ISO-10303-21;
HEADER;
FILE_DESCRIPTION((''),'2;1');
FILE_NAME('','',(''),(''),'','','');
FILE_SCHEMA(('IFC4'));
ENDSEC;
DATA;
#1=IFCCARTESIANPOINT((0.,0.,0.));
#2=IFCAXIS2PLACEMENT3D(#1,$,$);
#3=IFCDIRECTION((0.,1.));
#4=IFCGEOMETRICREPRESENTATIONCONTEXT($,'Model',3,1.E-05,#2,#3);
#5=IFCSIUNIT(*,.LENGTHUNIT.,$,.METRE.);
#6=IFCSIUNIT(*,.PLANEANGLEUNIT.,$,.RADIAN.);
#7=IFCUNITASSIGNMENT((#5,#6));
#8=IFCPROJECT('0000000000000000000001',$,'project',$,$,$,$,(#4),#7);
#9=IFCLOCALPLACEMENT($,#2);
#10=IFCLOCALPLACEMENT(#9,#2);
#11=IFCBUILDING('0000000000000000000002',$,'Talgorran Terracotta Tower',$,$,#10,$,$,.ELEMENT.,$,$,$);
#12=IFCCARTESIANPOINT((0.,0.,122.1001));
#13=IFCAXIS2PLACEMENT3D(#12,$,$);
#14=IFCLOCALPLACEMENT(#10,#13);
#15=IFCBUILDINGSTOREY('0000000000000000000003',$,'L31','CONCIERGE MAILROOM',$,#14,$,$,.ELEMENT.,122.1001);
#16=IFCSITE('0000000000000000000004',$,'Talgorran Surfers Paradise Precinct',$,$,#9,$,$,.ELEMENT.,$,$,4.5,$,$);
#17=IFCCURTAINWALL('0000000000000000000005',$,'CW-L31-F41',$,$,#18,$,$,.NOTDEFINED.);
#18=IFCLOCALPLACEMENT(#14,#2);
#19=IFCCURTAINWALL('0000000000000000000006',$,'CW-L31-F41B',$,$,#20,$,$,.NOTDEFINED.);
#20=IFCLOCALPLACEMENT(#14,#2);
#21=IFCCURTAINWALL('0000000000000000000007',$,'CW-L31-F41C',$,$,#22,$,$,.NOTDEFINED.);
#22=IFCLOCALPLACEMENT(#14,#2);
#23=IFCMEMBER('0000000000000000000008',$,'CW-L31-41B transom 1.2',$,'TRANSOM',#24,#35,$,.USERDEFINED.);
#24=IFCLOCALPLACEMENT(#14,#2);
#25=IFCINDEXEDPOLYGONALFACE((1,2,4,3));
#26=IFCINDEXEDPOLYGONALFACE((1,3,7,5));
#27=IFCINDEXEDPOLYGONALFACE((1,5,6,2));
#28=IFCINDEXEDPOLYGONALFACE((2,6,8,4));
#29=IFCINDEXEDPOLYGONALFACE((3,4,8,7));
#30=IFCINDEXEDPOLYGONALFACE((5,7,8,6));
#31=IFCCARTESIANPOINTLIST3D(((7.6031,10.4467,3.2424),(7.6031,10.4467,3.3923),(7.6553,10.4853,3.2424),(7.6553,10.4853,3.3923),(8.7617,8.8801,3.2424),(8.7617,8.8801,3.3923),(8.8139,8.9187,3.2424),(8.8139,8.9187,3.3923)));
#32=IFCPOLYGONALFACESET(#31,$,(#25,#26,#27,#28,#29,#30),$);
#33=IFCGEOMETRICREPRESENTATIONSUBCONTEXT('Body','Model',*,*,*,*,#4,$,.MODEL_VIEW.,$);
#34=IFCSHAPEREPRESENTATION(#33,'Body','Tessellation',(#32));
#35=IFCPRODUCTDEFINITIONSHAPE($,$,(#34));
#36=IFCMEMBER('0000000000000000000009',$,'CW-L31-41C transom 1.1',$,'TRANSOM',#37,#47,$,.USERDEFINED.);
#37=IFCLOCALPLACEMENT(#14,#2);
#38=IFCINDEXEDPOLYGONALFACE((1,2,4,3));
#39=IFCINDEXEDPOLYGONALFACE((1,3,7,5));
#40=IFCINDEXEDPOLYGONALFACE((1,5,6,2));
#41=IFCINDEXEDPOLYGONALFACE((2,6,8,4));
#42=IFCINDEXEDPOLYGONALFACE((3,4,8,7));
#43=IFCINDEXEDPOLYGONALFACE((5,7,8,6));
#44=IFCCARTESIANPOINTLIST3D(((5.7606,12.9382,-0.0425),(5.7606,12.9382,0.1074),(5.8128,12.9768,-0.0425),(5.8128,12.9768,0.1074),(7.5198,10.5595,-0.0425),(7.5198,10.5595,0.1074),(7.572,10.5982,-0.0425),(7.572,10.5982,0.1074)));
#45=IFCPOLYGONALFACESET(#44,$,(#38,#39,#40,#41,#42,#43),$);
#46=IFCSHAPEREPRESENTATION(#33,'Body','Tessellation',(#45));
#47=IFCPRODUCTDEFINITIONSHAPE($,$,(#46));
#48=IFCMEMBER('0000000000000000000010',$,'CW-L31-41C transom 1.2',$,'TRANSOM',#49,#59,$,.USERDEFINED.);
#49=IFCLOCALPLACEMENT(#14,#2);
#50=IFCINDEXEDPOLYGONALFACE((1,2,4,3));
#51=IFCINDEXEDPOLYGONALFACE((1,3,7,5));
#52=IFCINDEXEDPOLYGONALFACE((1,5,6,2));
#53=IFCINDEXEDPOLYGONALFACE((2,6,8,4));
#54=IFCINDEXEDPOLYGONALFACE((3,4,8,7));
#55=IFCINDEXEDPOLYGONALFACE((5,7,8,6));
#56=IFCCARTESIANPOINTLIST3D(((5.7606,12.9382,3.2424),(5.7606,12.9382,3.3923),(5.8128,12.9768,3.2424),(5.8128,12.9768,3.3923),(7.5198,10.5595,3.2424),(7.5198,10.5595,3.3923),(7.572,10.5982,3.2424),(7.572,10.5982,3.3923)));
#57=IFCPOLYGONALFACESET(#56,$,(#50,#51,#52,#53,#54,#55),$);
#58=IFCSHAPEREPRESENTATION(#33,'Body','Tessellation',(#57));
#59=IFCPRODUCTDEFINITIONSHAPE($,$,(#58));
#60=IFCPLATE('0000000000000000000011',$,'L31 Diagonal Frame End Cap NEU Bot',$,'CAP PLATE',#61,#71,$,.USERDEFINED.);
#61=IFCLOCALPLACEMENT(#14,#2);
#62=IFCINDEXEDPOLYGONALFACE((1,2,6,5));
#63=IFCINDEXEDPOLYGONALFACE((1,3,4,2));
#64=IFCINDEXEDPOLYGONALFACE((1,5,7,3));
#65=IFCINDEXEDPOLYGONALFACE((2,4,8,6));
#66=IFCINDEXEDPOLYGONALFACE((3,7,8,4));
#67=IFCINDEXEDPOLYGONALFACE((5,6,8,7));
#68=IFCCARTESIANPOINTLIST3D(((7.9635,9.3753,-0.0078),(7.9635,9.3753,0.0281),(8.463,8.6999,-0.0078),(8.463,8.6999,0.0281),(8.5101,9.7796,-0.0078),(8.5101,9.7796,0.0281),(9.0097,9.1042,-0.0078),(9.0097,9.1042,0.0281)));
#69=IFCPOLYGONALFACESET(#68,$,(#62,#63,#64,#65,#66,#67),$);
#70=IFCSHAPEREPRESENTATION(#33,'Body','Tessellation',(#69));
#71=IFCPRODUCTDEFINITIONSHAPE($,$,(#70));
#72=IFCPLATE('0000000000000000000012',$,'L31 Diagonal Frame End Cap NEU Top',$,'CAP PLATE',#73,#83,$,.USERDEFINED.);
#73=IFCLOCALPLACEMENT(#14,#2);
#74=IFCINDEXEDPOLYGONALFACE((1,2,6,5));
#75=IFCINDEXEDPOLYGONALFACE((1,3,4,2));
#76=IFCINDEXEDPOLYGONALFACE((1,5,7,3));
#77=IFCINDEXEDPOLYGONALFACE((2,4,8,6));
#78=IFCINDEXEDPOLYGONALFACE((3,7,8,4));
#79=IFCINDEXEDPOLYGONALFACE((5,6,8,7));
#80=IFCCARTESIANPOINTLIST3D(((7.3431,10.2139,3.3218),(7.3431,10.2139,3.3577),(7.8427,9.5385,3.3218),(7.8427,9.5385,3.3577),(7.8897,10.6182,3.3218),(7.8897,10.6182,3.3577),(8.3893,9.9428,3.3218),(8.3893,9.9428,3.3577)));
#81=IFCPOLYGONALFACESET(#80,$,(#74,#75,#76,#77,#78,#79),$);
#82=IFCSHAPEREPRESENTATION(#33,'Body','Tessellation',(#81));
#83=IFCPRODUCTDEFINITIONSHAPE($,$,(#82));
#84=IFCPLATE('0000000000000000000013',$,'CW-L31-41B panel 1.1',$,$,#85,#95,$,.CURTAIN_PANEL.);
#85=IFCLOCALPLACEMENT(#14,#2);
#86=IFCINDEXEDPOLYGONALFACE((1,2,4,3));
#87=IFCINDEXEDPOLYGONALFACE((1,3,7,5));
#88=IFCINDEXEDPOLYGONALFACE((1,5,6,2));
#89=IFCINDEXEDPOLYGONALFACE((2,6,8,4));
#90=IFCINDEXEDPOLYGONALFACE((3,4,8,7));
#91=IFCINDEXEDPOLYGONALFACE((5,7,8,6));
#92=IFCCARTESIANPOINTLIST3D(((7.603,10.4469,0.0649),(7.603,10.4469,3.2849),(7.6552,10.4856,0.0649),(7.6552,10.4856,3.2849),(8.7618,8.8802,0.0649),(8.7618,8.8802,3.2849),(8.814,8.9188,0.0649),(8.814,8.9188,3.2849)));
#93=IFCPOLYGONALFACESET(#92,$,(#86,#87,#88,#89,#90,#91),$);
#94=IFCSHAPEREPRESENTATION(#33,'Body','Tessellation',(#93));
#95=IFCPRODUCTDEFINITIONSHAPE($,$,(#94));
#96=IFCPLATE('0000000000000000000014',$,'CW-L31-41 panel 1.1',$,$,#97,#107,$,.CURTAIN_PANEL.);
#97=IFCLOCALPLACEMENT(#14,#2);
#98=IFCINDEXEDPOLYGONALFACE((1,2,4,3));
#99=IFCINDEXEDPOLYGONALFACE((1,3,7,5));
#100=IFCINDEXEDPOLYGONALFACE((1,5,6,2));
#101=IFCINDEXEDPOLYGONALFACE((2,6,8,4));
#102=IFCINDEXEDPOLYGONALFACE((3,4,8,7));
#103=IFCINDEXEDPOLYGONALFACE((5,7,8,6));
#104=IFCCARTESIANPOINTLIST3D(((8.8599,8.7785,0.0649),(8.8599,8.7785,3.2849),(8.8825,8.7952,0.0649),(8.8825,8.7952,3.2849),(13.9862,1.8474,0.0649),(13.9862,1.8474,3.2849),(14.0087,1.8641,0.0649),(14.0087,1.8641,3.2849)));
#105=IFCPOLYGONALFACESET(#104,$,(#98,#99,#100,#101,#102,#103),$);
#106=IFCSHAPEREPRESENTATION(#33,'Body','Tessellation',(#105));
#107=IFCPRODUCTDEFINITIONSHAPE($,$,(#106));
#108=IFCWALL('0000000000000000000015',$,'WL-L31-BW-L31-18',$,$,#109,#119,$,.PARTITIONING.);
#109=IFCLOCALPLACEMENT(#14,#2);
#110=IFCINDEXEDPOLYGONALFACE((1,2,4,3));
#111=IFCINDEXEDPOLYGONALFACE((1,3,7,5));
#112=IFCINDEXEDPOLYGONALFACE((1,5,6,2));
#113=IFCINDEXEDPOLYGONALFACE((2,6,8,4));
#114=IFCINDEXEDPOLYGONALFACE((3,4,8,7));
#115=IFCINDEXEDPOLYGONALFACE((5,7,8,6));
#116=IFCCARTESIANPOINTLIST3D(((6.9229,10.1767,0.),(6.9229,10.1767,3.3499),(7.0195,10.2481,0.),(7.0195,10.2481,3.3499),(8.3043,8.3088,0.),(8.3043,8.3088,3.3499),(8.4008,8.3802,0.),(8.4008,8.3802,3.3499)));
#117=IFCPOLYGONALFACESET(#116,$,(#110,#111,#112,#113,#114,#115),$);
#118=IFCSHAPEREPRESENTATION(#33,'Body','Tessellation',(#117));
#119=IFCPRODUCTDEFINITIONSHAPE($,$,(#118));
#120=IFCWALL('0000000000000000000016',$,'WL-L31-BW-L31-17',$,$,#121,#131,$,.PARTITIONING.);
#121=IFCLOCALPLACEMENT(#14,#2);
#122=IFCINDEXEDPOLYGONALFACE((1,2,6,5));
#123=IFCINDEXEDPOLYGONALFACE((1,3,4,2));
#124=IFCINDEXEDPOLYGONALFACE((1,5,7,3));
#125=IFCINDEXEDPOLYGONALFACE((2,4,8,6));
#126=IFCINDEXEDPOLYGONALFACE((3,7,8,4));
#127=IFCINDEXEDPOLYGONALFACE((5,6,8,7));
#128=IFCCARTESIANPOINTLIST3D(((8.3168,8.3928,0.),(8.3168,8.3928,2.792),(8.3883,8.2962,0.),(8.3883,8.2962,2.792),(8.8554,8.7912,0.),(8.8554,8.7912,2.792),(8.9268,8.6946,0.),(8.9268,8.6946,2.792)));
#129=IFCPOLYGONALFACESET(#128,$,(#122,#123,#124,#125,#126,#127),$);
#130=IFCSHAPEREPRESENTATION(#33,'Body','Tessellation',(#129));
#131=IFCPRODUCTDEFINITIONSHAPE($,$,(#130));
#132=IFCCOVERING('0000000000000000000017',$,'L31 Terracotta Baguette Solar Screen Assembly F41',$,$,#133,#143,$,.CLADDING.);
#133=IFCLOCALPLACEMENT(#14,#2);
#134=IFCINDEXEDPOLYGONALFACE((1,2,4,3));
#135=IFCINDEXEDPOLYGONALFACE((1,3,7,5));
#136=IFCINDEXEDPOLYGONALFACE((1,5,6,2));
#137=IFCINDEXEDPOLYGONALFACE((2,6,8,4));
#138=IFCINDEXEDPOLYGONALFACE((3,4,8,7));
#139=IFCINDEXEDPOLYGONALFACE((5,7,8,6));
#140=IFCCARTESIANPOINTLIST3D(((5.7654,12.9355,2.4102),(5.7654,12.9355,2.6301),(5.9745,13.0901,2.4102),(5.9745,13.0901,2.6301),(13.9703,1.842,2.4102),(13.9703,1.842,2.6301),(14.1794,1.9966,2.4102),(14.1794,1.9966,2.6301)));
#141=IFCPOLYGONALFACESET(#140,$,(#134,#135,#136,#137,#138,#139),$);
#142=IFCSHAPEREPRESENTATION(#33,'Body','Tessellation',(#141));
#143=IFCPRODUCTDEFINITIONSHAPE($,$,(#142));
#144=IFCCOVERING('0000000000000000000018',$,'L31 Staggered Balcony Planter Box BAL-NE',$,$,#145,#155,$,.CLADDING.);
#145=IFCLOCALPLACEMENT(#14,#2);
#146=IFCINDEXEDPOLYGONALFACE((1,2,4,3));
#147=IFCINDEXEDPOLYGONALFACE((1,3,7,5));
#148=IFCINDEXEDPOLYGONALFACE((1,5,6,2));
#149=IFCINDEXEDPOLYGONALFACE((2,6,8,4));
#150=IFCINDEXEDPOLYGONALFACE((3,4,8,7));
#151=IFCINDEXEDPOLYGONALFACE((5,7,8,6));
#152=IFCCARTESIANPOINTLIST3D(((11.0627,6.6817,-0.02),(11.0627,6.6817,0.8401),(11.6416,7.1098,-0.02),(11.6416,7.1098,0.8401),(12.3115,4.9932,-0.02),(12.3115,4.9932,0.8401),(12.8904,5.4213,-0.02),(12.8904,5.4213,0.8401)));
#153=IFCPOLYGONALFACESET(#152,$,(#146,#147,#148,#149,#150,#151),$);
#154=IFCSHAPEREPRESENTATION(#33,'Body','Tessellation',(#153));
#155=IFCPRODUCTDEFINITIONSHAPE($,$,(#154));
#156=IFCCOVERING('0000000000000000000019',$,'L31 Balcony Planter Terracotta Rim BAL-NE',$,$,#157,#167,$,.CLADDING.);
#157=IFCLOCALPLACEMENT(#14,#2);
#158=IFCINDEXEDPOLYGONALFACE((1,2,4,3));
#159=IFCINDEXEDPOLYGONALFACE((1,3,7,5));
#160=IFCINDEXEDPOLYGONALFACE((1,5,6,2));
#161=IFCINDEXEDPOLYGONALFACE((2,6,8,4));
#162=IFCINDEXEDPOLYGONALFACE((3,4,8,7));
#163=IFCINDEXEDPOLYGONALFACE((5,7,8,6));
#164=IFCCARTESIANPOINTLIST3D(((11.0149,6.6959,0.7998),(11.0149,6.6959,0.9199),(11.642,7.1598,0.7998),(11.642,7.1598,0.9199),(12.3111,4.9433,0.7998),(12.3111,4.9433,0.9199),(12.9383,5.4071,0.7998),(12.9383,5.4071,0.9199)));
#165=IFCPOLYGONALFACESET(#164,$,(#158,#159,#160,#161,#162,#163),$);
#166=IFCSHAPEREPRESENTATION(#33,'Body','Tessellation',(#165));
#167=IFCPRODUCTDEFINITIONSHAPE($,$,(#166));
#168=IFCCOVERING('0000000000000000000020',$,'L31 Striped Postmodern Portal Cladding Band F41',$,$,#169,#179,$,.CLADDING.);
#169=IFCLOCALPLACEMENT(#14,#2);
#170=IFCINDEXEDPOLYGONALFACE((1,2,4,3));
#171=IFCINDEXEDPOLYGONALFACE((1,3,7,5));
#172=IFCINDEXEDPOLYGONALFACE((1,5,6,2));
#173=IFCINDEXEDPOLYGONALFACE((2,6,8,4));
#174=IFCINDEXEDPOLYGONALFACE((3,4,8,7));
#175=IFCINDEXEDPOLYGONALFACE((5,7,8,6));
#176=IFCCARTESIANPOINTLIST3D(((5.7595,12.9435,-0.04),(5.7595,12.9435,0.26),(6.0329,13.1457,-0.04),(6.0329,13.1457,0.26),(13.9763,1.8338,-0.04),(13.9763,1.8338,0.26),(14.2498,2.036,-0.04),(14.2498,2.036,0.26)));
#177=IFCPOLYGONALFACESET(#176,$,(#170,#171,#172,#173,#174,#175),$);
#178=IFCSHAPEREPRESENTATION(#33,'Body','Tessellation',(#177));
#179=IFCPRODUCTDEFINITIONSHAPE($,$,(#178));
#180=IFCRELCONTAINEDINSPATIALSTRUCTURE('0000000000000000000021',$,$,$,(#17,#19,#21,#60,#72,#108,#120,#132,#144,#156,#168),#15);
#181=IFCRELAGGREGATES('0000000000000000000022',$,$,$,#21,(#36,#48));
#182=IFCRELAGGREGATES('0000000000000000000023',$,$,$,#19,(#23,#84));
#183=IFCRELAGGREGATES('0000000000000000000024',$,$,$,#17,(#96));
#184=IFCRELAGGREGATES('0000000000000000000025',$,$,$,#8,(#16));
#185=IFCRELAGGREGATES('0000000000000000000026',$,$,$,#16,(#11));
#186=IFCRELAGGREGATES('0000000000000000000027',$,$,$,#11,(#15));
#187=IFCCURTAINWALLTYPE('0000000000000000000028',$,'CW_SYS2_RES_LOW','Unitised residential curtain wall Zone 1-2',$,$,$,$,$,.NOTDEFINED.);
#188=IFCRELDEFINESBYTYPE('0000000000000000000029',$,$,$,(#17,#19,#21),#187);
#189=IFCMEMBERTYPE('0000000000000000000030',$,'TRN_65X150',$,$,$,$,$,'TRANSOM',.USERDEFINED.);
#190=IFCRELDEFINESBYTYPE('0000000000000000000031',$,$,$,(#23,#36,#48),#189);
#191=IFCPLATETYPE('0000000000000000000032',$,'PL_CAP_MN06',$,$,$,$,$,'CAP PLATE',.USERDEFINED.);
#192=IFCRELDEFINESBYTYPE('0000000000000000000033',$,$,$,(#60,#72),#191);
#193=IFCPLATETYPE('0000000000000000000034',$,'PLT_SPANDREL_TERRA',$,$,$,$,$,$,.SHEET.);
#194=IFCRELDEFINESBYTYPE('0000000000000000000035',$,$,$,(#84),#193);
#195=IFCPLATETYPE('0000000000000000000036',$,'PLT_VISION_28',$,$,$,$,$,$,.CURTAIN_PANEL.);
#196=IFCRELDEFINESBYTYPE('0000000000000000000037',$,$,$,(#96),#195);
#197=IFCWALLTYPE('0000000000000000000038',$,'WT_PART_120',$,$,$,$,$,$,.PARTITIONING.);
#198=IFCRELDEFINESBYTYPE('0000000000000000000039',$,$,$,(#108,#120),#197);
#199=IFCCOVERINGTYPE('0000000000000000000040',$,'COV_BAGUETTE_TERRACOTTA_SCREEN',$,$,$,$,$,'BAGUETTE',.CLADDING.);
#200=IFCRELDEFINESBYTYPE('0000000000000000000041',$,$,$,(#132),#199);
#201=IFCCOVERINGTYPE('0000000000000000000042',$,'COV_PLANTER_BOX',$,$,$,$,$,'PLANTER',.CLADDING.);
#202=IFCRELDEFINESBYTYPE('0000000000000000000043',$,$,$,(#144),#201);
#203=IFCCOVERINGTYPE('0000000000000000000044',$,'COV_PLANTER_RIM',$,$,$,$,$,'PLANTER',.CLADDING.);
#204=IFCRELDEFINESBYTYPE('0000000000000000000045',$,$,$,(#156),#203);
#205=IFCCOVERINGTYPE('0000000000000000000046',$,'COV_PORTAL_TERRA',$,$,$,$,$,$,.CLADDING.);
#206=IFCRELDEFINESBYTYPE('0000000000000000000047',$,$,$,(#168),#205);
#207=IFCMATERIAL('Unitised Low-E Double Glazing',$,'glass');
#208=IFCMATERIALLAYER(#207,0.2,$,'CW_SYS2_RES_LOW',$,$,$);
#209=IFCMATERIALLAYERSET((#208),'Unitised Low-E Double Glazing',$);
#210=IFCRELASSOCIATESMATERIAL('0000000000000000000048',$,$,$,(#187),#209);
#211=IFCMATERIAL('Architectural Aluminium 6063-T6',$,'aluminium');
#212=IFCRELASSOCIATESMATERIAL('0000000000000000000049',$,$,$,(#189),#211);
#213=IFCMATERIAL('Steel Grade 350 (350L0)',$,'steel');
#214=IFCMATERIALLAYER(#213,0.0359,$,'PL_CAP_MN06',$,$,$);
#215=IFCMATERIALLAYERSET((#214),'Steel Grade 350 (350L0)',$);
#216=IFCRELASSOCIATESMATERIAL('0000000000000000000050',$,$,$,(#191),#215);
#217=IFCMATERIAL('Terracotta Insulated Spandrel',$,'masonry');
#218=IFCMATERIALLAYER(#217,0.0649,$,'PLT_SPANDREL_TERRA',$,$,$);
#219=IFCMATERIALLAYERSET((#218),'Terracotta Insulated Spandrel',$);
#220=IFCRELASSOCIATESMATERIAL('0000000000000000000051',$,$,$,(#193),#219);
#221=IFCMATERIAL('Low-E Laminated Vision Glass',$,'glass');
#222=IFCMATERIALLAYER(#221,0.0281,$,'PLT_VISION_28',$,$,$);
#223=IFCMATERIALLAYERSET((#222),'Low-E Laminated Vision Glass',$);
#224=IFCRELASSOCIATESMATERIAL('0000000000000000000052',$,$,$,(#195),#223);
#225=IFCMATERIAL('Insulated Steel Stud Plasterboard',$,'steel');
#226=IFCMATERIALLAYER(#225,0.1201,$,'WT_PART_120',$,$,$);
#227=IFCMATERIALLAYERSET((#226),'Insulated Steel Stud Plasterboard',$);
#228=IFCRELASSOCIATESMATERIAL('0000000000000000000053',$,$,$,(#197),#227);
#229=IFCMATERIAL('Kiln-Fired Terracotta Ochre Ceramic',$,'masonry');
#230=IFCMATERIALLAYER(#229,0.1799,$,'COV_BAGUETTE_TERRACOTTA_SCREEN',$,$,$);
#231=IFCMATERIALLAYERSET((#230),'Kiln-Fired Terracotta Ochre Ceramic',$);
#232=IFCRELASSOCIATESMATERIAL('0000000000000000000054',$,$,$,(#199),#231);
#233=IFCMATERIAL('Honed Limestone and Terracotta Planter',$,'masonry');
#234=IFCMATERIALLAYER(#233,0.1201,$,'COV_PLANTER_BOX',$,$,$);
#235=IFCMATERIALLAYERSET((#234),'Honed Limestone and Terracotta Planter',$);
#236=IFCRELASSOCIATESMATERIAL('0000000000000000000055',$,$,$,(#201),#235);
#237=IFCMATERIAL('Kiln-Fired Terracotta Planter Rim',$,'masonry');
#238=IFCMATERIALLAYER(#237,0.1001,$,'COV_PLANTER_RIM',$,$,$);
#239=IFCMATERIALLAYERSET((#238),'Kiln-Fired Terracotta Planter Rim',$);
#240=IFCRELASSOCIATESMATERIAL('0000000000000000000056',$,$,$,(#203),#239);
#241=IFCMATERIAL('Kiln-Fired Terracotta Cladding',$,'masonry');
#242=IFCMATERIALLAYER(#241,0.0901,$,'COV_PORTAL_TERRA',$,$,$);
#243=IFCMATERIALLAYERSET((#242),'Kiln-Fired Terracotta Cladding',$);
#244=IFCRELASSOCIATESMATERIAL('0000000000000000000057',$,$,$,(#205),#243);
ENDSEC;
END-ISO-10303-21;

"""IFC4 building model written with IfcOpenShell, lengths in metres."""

from ifc_helpers import new_model, si_unit, direction, frame, frame_2d, origin, origin_2d, place, context, subcontext, project, spatial, rectangle, extrude, source, transform, mapped, material, layer, layer_set, material_profile, profile_set, type_object, type_shapes, element, aggregate, save


model = new_model("IFC4")

# Units and contexts
model_context = context("Model", 3, precision=1e-05, world=origin(), true_north=direction((0.0, 1.0)))
body_context = subcontext(model_context, "Body", "Model", "MODEL_VIEW")
ifc_project = project(units=[si_unit("LENGTHUNIT", "METRE"), si_unit("PLANEANGLEUNIT", "RADIAN")], contexts=[model_context])

# Site, building, storey
site_placement = place(None, origin())
site = spatial("IfcSite", under=ifc_project, at=site_placement, Name="Talgorran Surfers Paradise Precinct", CompositionType="ELEMENT", RefElevation=4.5)
building_placement = place(site_placement, origin())
building = spatial("IfcBuilding", under=site, at=building_placement, Name="Talgorran Terracotta Tower", CompositionType="ELEMENT")
storey_placement = place(building_placement, frame((0.0, 0.0, 122.1001)))
storey = spatial("IfcBuildingStorey", under=building, at=storey_placement, Name="L31", Description="CONCIERGE MAILROOM", CompositionType="ELEMENT", Elevation=122.1001)

# Shared definitions
ifc_material_1 = material(Name="Steel Grade 350 (350L0)", Category="steel")

# Curtain wall
ifc_material_2 = material(Name="Unitised Low-E Double Glazing", Category="glass")
ifc_layer_1 = layer(ifc_material_2, 0.2, Name="CW_SYS2_RES_LOW")
ifc_layer_set_1 = layer_set([ifc_layer_1], Name="Unitised Low-E Double Glazing")
curtain_wall_type = type_object("IfcCurtainWallType", Name="CW_SYS2_RES_LOW", Description="Unitised residential curtain wall Zone 1-2", PredefinedType="NOTDEFINED", material=ifc_layer_set_1)
curtain_wall_1_placement = place(storey_placement, origin())
curtain_wall_1 = element("IfcCurtainWall", 1, at=curtain_wall_1_placement, inside=storey, type_object=curtain_wall_type, Name="CW-L31-F41", PredefinedType="NOTDEFINED")
ifc_material_3 = material(Name="Architectural Aluminium 6063-T6", Category="aluminium")

# Curtain wall
curtain_wall_2_placement = place(storey_placement, origin())
curtain_wall_2 = element("IfcCurtainWall", 2, at=curtain_wall_2_placement, inside=storey, type_object=curtain_wall_type, Name="CW-L31-F41B", PredefinedType="NOTDEFINED")

# Curtain wall
curtain_wall_3_placement = place(storey_placement, origin())
curtain_wall_3 = element("IfcCurtainWall", 3, at=curtain_wall_3_placement, inside=storey, type_object=curtain_wall_type, Name="CW-L31-F41C", PredefinedType="NOTDEFINED")

# Members
ifc_material_profile_1 = material_profile(ifc_material_3, rectangle(XDim=0.0649, YDim=0.1499, at=origin_2d()), Name="CWT65X150")
ifc_profile_set_1 = profile_set([ifc_material_profile_1], Name="Architectural Aluminium 6063-T6")
member_type_1 = type_object("IfcMemberType", Name="TRN_65X150", ElementType="TRANSOM", PredefinedType="USERDEFINED", material=ifc_profile_set_1)
member_1_placement = place(storey_placement, frame((8.7878, 8.8994, 3.3174), z_axis=(-0.594634, 0.803996, 0.0), x_axis=(-0.803996, -0.594634, 0.0)))
member_1 = element("IfcMember", 4, at=member_1_placement, type_object=member_type_1, Name="CW-L31-41B transom 1.2", ObjectType="TRANSOM", PredefinedType="USERDEFINED", context=body_context, shape_type="SweptSolid", body=[
    extrude(rectangle(XDim=0.0649, YDim=0.1499, at=origin_2d()), origin(), (0.0, 0.0, 1.0), 1.9485),
])
member_2_placement = place(storey_placement, frame((7.5459, 10.5789, 0.0325), z_axis=(-0.594639, 0.803993, 0.0), x_axis=(-0.803993, -0.594639, 0.0)))
member_2 = element("IfcMember", 5, at=member_2_placement, type_object=member_type_1, Name="CW-L31-41C transom 1.1", ObjectType="TRANSOM", PredefinedType="USERDEFINED", context=body_context, shape_type="SweptSolid", body=[
    extrude(rectangle(XDim=0.0649, YDim=0.1499, at=origin_2d()), origin(), (0.0, 0.0, 1.0), 2.9585),
])
member_3_placement = place(storey_placement, frame((7.5459, 10.5789, 3.3174), z_axis=(-0.594639, 0.803993, 0.0), x_axis=(-0.803993, -0.594639, 0.0)))
member_3 = element("IfcMember", 6, at=member_3_placement, type_object=member_type_1, Name="CW-L31-41C transom 1.2", ObjectType="TRANSOM", PredefinedType="USERDEFINED", context=body_context, shape_type="SweptSolid", body=[
    extrude(rectangle(XDim=0.0649, YDim=0.1499, at=origin_2d()), origin(), (0.0, 0.0, 1.0), 2.9585),
])
aggregate(curtain_wall_3, [member_2, member_3])

# Plates
ifc_layer_2 = layer(ifc_material_1, 0.0359, Name="PL_CAP_MN06")
ifc_layer_set_2 = layer_set([ifc_layer_2], Name="Steel Grade 350 (350L0)")
plate_type_1 = type_object("IfcPlateType", Name="PL_CAP_MN06", ElementType="CAP PLATE", PredefinedType="USERDEFINED", material=ifc_layer_set_2)
for number, where, z_axis, x_axis, name in (
    (7, (8.4866, 9.2397, -0.0078), (0.0, 0.0, 1.0), (-0.594682, 0.803961, 0.0), "L31 Diagonal Frame End Cap NEU Bot"),
    (8, (7.8662, 10.0784, 3.3218), (0.0, 0.0, 1.0), (-0.594682, 0.803961, 0.0), "L31 Diagonal Frame End Cap NEU Top"),
):
    element("IfcPlate", number, at=place(storey_placement, frame(where, z_axis=z_axis, x_axis=x_axis)), inside=storey, type_object=plate_type_1, Name=name, ObjectType="CAP PLATE", PredefinedType="USERDEFINED", context=body_context, shape_type="SweptSolid", body=[
        extrude(rectangle(XDim=0.8401, YDim=0.6799, at=origin_2d()), origin(), (0.0, 0.0, 1.0), 0.0359),
    ])

# Plates
ifc_material_4 = material(Name="Terracotta Insulated Spandrel", Category="masonry")
ifc_layer_3 = layer(ifc_material_4, 0.0649, Name="PLT_SPANDREL_TERRA")
ifc_layer_set_3 = layer_set([ifc_layer_3], Name="Terracotta Insulated Spandrel")
plate_type_2 = type_object("IfcPlateType", Name="PLT_SPANDREL_TERRA", PredefinedType="SHEET", material=ifc_layer_set_3)
shared_shape_1 = source(origin(), body_context, "Body", "SweptSolid", [
    extrude(rectangle(XDim=1.9487, YDim=0.0649, at=origin_2d()), origin(), (0.0, 0.0, 1.0), 3.22),
])
type_shapes(plate_type_2, [shared_shape_1])
plate_1_placement = place(storey_placement, frame((8.2085, 9.6829, 0.0649), z_axis=(0.0, 0.0, 1.0), x_axis=(-0.594637, 0.803994, 0.0)))
plate_1 = element("IfcPlate", 9, at=plate_1_placement, type_object=plate_type_2, Name="CW-L31-41B panel 1.1", PredefinedType="CURTAIN_PANEL", context=body_context, shape_type="MappedRepresentation", body=[
    mapped(shared_shape_1, transform((0.0, 0.0, 0.0), scale=1.0)),
])
aggregate(curtain_wall_2, [member_1, plate_1])
ifc_material_5 = material(Name="Low-E Laminated Vision Glass", Category="glass")
ifc_layer_4 = layer(ifc_material_5, 0.0281, Name="PLT_VISION_28")
ifc_layer_set_4 = layer_set([ifc_layer_4], Name="Low-E Laminated Vision Glass")
plate_type_3 = type_object("IfcPlateType", Name="PLT_VISION_28", PredefinedType="CURTAIN_PANEL", material=ifc_layer_set_4)
shared_shape_2 = source(origin(), body_context, "Body", "SweptSolid", [
    extrude(rectangle(XDim=8.6208, YDim=0.0281, at=origin_2d()), origin(), (0.0, 0.0, 1.0), 3.22),
])
type_shapes(plate_type_3, [shared_shape_2])
plate_2_placement = place(storey_placement, frame((11.4343, 5.3213, 0.0649), z_axis=(0.0, 0.0, 1.0), x_axis=(-0.594633, 0.803997, 0.0)))
plate_2 = element("IfcPlate", 10, at=plate_2_placement, type_object=plate_type_3, Name="CW-L31-41 panel 1.1", PredefinedType="CURTAIN_PANEL", context=body_context, shape_type="MappedRepresentation", body=[
    mapped(shared_shape_2, transform((0.0, 0.0, 0.0), scale=1.0)),
])
aggregate(curtain_wall_1, [plate_2])

# Walls
ifc_material_6 = material(Name="Insulated Steel Stud Plasterboard", Category="steel")
ifc_layer_5 = layer(ifc_material_6, 0.1201, Name="WT_PART_120")
ifc_layer_set_5 = layer_set([ifc_layer_5], Name="Insulated Steel Stud Plasterboard")
wall_type = type_object("IfcWallType", Name="WT_PART_120", PredefinedType="PARTITIONING", material=ifc_layer_set_5)
wall_1_placement = place(storey_placement, frame((8.3525, 8.3445, 0.0), z_axis=(0.0, 0.0, 1.0), x_axis=(-0.594589, 0.80403, 0.0)))
element("IfcWall", 11, at=wall_1_placement, inside=storey, type_object=wall_type, Name="WL-L31-BW-L31-18", PredefinedType="PARTITIONING", context=body_context, shape_type="SweptSolid", body=[
    extrude(rectangle(XDim=2.3232, YDim=0.1201, at=frame_2d((1.1616, 0.0))), origin(), (0.0, 0.0, 1.0), 3.3499),
])
wall_2_placement = place(storey_placement, frame((8.8911, 8.7429, 0.0), z_axis=(0.0, 0.0, 1.0), x_axis=(-0.803919, -0.594739, 0.0)))
element("IfcWall", 12, at=wall_2_placement, inside=storey, type_object=wall_type, Name="WL-L31-BW-L31-17", PredefinedType="PARTITIONING", context=body_context, shape_type="SweptSolid", body=[
    extrude(rectangle(XDim=0.6699, YDim=0.1201, at=frame_2d((0.335, 0.0))), origin(), (0.0, 0.0, 1.0), 2.792),
])

# Coverings
ifc_material_7 = material(Name="Kiln-Fired Terracotta Ochre Ceramic", Category="masonry")
ifc_layer_6 = layer(ifc_material_7, 0.1799, Name="COV_BAGUETTE_TERRACOTTA_SCREEN")
ifc_layer_set_6 = layer_set([ifc_layer_6], Name="Kiln-Fired Terracotta Ochre Ceramic")
covering_type_1 = type_object("IfcCoveringType", Name="COV_BAGUETTE_TERRACOTTA_SCREEN", ElementType="BAGUETTE", PredefinedType="CLADDING", material=ifc_layer_set_6)
covering_1_placement = place(storey_placement, frame((9.9724, 7.4661, 2.4102), z_axis=(0.0, 0.0, 1.0), x_axis=(-0.59464, 0.803992, 0.0)))
element("IfcCovering", 13, at=covering_1_placement, inside=storey, type_object=covering_type_1, Name="L31 Terracotta Baguette Solar Screen Assembly F41", PredefinedType="CLADDING", context=body_context, shape_type="SweptSolid", body=[
    extrude(rectangle(XDim=13.7981, YDim=0.26, at=origin_2d()), origin(), (0.0, 0.0, 1.0), 0.22),
])
ifc_material_8 = material(Name="Honed Limestone and Terracotta Planter", Category="masonry")
ifc_layer_7 = layer(ifc_material_8, 0.1201, Name="COV_PLANTER_BOX")
ifc_layer_set_7 = layer_set([ifc_layer_7], Name="Honed Limestone and Terracotta Planter")
covering_type_2 = type_object("IfcCoveringType", Name="COV_PLANTER_BOX", ElementType="PLANTER", PredefinedType="CLADDING", material=ifc_layer_set_7)
covering_2_placement = place(storey_placement, frame((11.9766, 6.0515, -0.02), z_axis=(0.0, 0.0, 1.0), x_axis=(-0.59464, 0.803992, 0.0)))
element("IfcCovering", 14, at=covering_2_placement, inside=storey, type_object=covering_type_2, Name="L31 Staggered Balcony Planter Box BAL-NE", PredefinedType="CLADDING", context=body_context, shape_type="SweptSolid", body=[
    extrude(rectangle(XDim=2.1001, YDim=0.72, at=origin_2d()), origin(), (0.0, 0.0, 1.0), 0.8601),
])
ifc_material_9 = material(Name="Kiln-Fired Terracotta Planter Rim", Category="masonry")
ifc_layer_8 = layer(ifc_material_9, 0.1001, Name="COV_PLANTER_RIM")
ifc_layer_set_8 = layer_set([ifc_layer_8], Name="Kiln-Fired Terracotta Planter Rim")
covering_type_3 = type_object("IfcCoveringType", Name="COV_PLANTER_RIM", ElementType="PLANTER", PredefinedType="CLADDING", material=ifc_layer_set_8)
covering_3_placement = place(storey_placement, frame((11.9766, 6.0515, 0.7998), z_axis=(0.0, 0.0, 1.0), x_axis=(-0.59464, 0.803992, 0.0)))
element("IfcCovering", 15, at=covering_3_placement, inside=storey, type_object=covering_type_3, Name="L31 Balcony Planter Terracotta Rim BAL-NE", PredefinedType="CLADDING", context=body_context, shape_type="SweptSolid", body=[
    extrude(rectangle(XDim=2.1799, YDim=0.78, at=origin_2d()), origin(), (0.0, 0.0, 1.0), 0.1201),
])
ifc_material_10 = material(Name="Kiln-Fired Terracotta Cladding", Category="masonry")
ifc_layer_9 = layer(ifc_material_10, 0.0901, Name="COV_PORTAL_TERRA")
ifc_layer_set_9 = layer_set([ifc_layer_9], Name="Kiln-Fired Terracotta Cladding")
covering_type_4 = type_object("IfcCoveringType", Name="COV_PORTAL_TERRA", PredefinedType="CLADDING", material=ifc_layer_set_9)
covering_4_placement = place(storey_placement, frame((10.0046, 7.4897, -0.04), z_axis=(0.0, 0.0, 1.0), x_axis=(-0.59464, 0.803992, 0.0)))
element("IfcCovering", 16, at=covering_4_placement, inside=storey, type_object=covering_type_4, Name="L31 Striped Postmodern Portal Cladding Band F41", PredefinedType="CLADDING", context=body_context, shape_type="SweptSolid", body=[
    extrude(rectangle(XDim=13.8181, YDim=0.3401, at=origin_2d()), origin(), (0.0, 0.0, 1.0), 0.3),
])

save(model, "model.ifc")
